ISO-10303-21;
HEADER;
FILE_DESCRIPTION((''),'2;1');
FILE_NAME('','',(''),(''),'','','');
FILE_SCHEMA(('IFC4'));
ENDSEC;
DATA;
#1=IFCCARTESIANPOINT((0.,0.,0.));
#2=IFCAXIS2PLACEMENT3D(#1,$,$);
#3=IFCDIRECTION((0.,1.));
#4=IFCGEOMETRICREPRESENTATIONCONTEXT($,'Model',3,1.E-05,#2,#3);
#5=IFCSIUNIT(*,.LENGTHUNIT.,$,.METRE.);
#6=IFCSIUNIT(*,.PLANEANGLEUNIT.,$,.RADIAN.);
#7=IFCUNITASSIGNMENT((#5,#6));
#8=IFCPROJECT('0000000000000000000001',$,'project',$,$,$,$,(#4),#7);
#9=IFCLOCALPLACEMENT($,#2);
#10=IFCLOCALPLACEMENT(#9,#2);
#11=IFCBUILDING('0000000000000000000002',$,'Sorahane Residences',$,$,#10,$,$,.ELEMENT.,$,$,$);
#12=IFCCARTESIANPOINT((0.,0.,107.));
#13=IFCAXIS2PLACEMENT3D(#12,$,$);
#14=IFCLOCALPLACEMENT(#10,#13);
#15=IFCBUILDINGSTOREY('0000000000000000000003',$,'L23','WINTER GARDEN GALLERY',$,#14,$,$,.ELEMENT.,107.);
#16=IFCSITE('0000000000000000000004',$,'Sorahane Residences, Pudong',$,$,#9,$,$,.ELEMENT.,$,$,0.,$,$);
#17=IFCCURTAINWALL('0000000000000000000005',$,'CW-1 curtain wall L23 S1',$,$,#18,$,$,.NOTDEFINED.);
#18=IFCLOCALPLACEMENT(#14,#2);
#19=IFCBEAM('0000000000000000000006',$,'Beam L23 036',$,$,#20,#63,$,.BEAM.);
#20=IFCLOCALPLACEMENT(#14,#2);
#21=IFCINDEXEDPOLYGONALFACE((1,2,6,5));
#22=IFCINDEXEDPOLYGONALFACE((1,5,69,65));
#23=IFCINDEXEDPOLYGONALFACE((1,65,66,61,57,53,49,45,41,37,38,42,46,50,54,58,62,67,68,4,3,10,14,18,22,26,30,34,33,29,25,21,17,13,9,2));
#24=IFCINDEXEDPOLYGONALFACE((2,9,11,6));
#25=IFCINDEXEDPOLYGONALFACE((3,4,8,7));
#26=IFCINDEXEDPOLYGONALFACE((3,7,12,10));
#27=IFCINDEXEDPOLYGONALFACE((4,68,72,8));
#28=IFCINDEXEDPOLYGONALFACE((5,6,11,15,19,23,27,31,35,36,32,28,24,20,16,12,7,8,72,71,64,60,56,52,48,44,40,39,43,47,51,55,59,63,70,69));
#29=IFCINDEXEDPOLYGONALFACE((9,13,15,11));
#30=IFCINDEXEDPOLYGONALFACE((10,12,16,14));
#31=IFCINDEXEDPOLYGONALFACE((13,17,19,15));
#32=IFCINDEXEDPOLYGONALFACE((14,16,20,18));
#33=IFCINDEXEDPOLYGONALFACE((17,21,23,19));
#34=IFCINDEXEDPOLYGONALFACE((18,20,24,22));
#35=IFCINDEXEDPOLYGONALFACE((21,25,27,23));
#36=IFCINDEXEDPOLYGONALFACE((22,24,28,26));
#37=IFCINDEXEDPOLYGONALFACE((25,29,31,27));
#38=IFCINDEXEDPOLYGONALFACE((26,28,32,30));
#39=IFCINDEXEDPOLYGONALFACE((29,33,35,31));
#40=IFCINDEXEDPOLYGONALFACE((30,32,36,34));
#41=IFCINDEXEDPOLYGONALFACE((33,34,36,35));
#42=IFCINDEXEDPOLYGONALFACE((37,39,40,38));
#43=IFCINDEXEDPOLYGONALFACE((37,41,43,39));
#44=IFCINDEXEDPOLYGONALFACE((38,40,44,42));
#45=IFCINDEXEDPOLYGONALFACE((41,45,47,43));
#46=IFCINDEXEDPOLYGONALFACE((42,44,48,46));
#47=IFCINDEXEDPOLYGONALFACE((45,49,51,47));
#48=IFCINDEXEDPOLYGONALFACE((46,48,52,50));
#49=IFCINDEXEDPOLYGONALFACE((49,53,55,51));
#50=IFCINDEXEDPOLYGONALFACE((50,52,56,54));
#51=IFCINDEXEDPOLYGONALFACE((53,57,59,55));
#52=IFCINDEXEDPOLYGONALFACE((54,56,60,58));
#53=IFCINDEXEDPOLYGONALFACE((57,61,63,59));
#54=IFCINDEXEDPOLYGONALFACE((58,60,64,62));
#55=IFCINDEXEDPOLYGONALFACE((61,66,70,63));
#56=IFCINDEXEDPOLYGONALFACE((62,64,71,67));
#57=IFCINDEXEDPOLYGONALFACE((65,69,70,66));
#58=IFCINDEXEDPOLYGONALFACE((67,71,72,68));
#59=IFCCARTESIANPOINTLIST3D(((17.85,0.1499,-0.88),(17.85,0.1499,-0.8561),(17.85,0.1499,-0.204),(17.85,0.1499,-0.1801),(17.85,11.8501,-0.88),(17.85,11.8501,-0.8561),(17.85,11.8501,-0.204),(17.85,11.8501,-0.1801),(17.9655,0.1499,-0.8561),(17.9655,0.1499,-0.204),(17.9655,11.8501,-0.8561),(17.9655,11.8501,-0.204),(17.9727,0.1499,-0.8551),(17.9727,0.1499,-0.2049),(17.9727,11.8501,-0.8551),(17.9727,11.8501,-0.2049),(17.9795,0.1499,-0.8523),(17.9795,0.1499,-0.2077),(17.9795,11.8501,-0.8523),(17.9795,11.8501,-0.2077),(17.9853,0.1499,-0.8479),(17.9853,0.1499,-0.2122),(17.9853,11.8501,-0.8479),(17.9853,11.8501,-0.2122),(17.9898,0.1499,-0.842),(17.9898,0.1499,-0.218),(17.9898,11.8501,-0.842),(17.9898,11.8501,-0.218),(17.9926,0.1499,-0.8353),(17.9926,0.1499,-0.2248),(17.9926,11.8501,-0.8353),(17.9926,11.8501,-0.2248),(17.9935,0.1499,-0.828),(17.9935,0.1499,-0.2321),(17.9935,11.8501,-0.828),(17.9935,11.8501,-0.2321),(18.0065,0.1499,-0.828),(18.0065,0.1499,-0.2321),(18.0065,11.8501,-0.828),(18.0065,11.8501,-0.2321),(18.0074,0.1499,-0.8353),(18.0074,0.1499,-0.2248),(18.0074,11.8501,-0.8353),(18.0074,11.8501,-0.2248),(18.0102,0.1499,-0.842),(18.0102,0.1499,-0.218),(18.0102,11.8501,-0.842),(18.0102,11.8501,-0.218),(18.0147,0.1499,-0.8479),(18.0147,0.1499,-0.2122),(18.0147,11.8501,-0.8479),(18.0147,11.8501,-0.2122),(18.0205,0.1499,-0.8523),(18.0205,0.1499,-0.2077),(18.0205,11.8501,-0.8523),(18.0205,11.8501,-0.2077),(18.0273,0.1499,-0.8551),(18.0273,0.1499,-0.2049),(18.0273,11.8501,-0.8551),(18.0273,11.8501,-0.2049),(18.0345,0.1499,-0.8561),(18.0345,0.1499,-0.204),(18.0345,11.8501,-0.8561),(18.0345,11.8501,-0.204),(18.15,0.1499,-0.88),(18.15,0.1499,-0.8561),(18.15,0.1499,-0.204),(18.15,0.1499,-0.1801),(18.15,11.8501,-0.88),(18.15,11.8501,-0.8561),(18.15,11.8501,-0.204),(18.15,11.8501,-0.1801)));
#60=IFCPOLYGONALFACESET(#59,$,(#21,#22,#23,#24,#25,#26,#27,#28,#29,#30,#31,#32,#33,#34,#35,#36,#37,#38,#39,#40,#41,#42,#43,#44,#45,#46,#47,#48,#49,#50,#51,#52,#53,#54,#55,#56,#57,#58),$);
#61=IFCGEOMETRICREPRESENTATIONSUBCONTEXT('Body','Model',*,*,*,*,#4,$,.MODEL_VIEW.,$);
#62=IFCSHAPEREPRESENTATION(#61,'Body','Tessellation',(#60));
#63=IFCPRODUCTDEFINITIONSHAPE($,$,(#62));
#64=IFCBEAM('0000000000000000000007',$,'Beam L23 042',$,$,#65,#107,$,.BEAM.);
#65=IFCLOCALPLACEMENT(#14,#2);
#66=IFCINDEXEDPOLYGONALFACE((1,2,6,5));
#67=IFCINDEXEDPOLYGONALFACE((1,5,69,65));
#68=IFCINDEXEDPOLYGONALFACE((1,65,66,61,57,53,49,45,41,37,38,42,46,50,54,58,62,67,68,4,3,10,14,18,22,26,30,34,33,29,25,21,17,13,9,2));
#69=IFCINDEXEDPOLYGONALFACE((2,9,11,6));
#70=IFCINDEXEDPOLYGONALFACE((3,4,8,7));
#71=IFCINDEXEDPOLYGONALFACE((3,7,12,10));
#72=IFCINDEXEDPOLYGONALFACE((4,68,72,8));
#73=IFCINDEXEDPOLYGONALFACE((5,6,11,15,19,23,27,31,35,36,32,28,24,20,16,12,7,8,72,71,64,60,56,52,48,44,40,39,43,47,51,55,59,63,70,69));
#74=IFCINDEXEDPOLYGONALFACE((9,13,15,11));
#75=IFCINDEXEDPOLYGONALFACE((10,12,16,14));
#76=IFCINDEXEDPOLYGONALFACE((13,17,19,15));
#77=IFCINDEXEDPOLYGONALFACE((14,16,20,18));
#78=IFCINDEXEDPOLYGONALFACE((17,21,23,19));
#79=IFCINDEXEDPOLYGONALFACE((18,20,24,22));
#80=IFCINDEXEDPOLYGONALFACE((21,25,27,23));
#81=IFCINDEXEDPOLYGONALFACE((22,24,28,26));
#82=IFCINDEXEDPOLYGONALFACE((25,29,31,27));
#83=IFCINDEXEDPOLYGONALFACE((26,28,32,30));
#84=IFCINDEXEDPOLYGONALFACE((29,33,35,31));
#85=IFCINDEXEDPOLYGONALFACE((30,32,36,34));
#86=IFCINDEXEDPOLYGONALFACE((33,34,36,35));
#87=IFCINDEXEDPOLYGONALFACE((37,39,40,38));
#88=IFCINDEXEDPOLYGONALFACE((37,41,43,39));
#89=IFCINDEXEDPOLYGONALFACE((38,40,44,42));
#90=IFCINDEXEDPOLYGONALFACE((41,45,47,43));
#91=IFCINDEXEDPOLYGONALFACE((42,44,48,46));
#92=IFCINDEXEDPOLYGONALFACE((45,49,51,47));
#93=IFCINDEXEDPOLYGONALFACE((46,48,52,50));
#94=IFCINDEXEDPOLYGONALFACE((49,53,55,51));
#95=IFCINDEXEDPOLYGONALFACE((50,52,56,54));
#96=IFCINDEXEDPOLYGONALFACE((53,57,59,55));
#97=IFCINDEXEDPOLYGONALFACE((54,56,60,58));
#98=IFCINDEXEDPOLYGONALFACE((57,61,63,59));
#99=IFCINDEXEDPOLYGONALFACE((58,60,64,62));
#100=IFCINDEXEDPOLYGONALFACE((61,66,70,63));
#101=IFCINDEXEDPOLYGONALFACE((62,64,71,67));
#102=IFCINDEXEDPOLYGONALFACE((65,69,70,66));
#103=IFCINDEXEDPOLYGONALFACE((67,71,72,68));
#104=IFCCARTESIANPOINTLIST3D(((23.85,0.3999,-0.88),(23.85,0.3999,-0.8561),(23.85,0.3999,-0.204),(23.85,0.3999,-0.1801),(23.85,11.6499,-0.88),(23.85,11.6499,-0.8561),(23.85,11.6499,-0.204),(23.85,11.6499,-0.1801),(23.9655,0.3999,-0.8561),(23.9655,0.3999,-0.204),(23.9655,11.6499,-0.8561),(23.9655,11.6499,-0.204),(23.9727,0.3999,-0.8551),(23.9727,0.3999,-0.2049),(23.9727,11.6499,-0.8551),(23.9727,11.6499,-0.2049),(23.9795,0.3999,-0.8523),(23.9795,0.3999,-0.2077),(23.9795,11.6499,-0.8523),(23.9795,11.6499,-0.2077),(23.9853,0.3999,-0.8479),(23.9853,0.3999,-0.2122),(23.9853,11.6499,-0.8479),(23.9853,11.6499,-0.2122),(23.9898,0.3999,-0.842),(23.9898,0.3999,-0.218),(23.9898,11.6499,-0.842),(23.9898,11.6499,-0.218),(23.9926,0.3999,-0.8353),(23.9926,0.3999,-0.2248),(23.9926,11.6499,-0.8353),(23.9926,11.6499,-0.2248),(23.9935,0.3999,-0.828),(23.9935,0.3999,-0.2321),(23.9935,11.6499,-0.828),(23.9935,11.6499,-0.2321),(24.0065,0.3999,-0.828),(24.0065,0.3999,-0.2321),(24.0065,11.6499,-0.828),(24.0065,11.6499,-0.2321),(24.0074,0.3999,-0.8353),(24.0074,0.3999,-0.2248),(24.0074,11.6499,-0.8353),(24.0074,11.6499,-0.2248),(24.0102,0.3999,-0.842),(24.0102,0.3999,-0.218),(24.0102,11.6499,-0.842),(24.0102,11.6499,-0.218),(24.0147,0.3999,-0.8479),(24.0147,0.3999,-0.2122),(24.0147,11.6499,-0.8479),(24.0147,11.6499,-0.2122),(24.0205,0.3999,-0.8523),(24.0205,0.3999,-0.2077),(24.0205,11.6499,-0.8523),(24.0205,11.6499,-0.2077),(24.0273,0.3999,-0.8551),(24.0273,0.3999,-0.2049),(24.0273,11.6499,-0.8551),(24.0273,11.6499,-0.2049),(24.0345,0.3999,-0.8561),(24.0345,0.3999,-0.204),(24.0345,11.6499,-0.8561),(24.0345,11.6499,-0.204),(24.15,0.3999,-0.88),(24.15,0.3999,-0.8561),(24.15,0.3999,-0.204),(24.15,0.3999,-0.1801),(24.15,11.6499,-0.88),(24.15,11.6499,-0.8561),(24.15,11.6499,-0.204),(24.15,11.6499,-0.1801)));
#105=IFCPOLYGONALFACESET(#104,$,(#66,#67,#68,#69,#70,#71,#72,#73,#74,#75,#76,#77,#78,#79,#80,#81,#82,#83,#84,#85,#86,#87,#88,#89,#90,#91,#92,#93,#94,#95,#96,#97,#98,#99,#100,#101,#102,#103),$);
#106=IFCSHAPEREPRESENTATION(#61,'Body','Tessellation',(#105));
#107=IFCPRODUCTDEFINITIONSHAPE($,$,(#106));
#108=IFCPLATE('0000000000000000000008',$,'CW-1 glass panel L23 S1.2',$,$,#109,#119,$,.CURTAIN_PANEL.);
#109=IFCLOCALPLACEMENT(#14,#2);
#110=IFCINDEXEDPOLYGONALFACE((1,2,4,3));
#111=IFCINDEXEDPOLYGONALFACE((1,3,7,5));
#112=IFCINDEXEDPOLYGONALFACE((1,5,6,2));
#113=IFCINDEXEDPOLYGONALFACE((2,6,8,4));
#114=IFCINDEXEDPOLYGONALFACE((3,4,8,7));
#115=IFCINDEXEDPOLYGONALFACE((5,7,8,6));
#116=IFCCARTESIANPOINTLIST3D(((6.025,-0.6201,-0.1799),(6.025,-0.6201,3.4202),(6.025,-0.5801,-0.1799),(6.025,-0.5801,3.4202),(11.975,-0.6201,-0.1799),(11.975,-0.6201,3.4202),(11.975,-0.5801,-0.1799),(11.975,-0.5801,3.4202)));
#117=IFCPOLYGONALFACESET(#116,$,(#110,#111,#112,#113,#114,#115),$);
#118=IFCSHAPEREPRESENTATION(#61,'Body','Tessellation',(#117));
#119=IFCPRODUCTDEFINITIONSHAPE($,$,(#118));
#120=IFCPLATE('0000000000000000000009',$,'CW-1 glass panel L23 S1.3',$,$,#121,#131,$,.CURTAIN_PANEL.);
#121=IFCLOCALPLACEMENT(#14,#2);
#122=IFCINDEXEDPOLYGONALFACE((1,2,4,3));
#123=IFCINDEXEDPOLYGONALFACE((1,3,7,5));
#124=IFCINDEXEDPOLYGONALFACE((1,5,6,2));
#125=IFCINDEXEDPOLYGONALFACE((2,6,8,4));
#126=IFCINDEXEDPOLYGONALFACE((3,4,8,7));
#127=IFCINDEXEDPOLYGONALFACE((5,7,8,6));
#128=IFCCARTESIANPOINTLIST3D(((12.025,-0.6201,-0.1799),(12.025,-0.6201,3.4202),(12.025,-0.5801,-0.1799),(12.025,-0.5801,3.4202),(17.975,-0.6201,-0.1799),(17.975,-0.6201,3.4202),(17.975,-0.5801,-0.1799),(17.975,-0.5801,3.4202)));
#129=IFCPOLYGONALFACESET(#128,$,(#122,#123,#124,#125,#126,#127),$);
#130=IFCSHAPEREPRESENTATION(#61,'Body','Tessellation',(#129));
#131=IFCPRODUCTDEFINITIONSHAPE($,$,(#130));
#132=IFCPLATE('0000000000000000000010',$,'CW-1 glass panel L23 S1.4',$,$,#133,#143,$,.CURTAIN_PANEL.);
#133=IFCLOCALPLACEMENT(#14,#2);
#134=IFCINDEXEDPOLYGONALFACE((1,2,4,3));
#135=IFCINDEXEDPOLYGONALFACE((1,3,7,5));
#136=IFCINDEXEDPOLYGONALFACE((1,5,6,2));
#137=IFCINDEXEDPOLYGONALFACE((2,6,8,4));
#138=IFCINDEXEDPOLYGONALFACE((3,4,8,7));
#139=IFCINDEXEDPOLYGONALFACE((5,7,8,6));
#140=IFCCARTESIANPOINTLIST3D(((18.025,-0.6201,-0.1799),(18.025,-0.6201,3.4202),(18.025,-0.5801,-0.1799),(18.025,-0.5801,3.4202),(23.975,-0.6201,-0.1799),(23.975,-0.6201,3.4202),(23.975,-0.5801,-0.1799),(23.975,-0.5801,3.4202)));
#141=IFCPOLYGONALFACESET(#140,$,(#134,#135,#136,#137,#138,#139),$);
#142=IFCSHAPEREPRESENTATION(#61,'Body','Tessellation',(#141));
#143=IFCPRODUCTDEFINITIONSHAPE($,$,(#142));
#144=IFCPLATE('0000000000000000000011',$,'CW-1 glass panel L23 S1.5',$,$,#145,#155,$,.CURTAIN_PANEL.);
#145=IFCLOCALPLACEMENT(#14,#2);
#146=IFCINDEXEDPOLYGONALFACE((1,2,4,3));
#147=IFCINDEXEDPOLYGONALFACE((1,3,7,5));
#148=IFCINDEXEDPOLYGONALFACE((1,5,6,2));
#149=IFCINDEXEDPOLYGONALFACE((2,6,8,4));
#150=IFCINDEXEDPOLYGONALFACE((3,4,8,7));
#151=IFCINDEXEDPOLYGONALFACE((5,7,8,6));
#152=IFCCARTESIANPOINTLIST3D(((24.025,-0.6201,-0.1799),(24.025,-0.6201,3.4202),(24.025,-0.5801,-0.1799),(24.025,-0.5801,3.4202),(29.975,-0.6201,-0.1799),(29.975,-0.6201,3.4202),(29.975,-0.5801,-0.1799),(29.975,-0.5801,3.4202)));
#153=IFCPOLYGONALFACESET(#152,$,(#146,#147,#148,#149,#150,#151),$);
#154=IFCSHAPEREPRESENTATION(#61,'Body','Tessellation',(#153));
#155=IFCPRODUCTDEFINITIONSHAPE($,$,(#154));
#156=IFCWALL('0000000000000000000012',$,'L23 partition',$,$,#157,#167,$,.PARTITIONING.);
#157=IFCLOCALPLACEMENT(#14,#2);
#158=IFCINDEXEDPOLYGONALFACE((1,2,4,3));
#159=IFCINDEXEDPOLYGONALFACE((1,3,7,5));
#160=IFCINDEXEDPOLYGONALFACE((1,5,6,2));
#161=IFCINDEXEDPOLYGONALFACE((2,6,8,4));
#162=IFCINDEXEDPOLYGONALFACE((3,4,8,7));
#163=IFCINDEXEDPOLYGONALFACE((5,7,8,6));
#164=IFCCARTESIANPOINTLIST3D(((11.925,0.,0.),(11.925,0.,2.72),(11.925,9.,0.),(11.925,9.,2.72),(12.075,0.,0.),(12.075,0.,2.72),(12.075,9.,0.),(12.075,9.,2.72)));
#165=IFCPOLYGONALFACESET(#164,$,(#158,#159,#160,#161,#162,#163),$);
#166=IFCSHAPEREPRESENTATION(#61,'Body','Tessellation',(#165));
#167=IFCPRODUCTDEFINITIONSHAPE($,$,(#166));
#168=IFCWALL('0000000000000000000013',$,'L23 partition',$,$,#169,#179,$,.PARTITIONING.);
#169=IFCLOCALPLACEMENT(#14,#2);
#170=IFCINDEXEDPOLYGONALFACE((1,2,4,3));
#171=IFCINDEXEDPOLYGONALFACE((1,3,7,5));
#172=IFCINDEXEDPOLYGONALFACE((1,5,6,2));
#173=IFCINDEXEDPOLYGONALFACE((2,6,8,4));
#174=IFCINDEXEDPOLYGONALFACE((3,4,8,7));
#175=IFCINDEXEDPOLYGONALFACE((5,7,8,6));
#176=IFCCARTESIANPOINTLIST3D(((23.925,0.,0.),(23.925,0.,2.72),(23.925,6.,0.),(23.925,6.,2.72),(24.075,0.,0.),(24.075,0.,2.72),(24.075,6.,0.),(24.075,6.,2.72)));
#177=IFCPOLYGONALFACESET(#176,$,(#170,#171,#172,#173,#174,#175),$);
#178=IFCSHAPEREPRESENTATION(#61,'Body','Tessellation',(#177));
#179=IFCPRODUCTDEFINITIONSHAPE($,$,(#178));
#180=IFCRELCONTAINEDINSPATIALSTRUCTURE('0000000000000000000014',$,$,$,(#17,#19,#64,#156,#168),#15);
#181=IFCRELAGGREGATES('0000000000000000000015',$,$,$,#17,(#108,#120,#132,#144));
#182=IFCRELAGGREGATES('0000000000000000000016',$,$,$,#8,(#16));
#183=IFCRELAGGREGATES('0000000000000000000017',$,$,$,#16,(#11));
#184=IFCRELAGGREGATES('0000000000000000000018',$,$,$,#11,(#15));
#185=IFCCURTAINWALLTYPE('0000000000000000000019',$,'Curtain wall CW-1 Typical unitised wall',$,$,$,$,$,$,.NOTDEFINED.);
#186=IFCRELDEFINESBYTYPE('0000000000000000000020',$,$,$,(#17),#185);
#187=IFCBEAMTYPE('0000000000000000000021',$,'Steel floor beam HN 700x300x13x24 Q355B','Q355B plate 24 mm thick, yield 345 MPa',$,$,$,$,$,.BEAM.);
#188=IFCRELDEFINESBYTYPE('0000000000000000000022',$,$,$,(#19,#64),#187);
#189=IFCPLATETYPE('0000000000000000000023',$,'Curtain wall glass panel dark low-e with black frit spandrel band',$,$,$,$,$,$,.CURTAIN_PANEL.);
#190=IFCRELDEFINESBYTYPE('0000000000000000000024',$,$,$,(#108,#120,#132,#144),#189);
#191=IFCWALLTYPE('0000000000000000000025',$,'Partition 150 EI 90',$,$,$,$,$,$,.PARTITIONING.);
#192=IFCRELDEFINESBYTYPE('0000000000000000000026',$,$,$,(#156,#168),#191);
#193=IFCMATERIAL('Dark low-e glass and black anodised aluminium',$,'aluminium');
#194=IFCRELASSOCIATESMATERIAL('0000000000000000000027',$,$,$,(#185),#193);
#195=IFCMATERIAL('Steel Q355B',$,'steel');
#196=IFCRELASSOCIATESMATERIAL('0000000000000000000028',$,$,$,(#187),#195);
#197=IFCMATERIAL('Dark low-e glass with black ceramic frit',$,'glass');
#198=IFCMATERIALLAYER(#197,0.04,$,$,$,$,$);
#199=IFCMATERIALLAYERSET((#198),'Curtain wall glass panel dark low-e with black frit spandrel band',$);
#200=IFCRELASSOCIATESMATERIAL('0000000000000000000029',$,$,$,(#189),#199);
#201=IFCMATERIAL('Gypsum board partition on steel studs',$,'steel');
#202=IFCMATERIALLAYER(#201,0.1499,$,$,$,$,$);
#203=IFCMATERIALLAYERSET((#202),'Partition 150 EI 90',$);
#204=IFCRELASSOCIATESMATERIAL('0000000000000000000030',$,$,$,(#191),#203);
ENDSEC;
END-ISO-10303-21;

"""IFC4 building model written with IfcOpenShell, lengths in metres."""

from ifc_helpers import new_model, si_unit, direction, frame, frame_2d, origin, origin_2d, place, context, subcontext, project, spatial, rectangle, i_section, extrude, material, layer, layer_set, material_profile, profile_set, type_object, element, aggregate, save


model = new_model("IFC4")

# Units and contexts
model_context = context("Model", 3, precision=1e-05, world=origin(), true_north=direction((0.0, 1.0)))
body_context = subcontext(model_context, "Body", "Model", "MODEL_VIEW")
ifc_project = project(units=[si_unit("LENGTHUNIT", "METRE"), si_unit("PLANEANGLEUNIT", "RADIAN")], contexts=[model_context])

# Site, building, storey
site_placement = place(None, origin())
site = spatial("IfcSite", under=ifc_project, at=site_placement, Name="Sorahane Residences, Pudong", CompositionType="ELEMENT", RefElevation=0.0)
building_placement = place(site_placement, origin())
building = spatial("IfcBuilding", under=site, at=building_placement, Name="Sorahane Residences", CompositionType="ELEMENT")
storey_placement = place(building_placement, frame((0.0, 0.0, 107.0)))
storey = spatial("IfcBuildingStorey", under=building, at=storey_placement, Name="L23", Description="WINTER GARDEN GALLERY", CompositionType="ELEMENT", Elevation=107.0)

# Curtain wall
ifc_material_1 = material(Name="Dark low-e glass and black anodised aluminium", Category="aluminium")
curtain_wall_type = type_object("IfcCurtainWallType", Name="Curtain wall CW-1 Typical unitised wall", PredefinedType="NOTDEFINED", material=ifc_material_1)
curtain_wall_placement = place(storey_placement, origin())
curtain_wall = element("IfcCurtainWall", 1, at=curtain_wall_placement, inside=storey, type_object=curtain_wall_type, Name="CW-1 curtain wall L23 S1", PredefinedType="NOTDEFINED")

# Beams
ifc_material_2 = material(Name="Steel Q355B", Category="steel")
ifc_material_profile_1 = material_profile(ifc_material_2, i_section(OverallWidth=0.3, OverallDepth=0.7, WebThickness=0.0129, FlangeThickness=0.0239, FilletRadius=0.0281, at=origin_2d()), Name="HN 700x300x13x24")
ifc_profile_set_1 = profile_set([ifc_material_profile_1], Name="Steel Q355B")
beam_type_1 = type_object("IfcBeamType", Name="Steel floor beam HN 700x300x13x24 Q355B", Description="Q355B plate 24 mm thick, yield 345 MPa", PredefinedType="BEAM", material=ifc_profile_set_1)
beam_1_placement = place(storey_placement, frame((18.0, 0.1499, -0.53), z_axis=(0.0, 1.0, 0.0), x_axis=(-1.0, 0.0, 0.0)))
element("IfcBeam", 2, at=beam_1_placement, inside=storey, type_object=beam_type_1, Name="Beam L23 036", PredefinedType="BEAM", context=body_context, shape_type="SweptSolid", body=[
    extrude(i_section(OverallWidth=0.3, OverallDepth=0.7, WebThickness=0.0129, FlangeThickness=0.0239, FilletRadius=0.0281, at=origin_2d()), origin(), (0.0, 0.0, 1.0), 11.7002),
])
beam_2_placement = place(storey_placement, frame((24.0, 0.3999, -0.53), z_axis=(0.0, 1.0, 0.0), x_axis=(-1.0, 0.0, 0.0)))
element("IfcBeam", 3, at=beam_2_placement, inside=storey, type_object=beam_type_1, Name="Beam L23 042", PredefinedType="BEAM", context=body_context, shape_type="SweptSolid", body=[
    extrude(i_section(OverallWidth=0.3, OverallDepth=0.7, WebThickness=0.0129, FlangeThickness=0.0239, FilletRadius=0.0281, at=origin_2d()), origin(), (0.0, 0.0, 1.0), 11.25),
])

# Plates
ifc_material_3 = material(Name="Dark low-e glass with black ceramic frit", Category="glass")
ifc_layer_1 = layer(ifc_material_3, 0.04)
ifc_layer_set_1 = layer_set([ifc_layer_1], Name="Curtain wall glass panel dark low-e with black frit spandrel band")
plate_type = type_object("IfcPlateType", Name="Curtain wall glass panel dark low-e with black frit spandrel band", PredefinedType="CURTAIN_PANEL", material=ifc_layer_set_1)
plate_1_placement = place(storey_placement, frame((9.0, -0.6001, -0.1799), z_axis=(0.0, 0.0, 1.0), x_axis=(1.0, 0.0, 0.0)))
plate_1 = element("IfcPlate", 4, at=plate_1_placement, type_object=plate_type, Name="CW-1 glass panel L23 S1.2", PredefinedType="CURTAIN_PANEL", context=body_context, shape_type="SweptSolid", body=[
    extrude(rectangle(XDim=5.95, YDim=0.04, at=origin_2d()), origin(), (0.0, 0.0, 1.0), 3.6001),
])
plate_2_placement = place(storey_placement, frame((15.0, -0.6001, -0.1799), z_axis=(0.0, 0.0, 1.0), x_axis=(1.0, 0.0, 0.0)))
plate_2 = element("IfcPlate", 5, at=plate_2_placement, type_object=plate_type, Name="CW-1 glass panel L23 S1.3", PredefinedType="CURTAIN_PANEL", context=body_context, shape_type="SweptSolid", body=[
    extrude(rectangle(XDim=5.95, YDim=0.04, at=origin_2d()), origin(), (0.0, 0.0, 1.0), 3.6001),
])
plate_3_placement = place(storey_placement, frame((21.0, -0.6001, -0.1799), z_axis=(0.0, 0.0, 1.0), x_axis=(1.0, 0.0, 0.0)))
plate_3 = element("IfcPlate", 6, at=plate_3_placement, type_object=plate_type, Name="CW-1 glass panel L23 S1.4", PredefinedType="CURTAIN_PANEL", context=body_context, shape_type="SweptSolid", body=[
    extrude(rectangle(XDim=5.95, YDim=0.04, at=origin_2d()), origin(), (0.0, 0.0, 1.0), 3.6001),
])
plate_4_placement = place(storey_placement, frame((27.0, -0.6001, -0.1799), z_axis=(0.0, 0.0, 1.0), x_axis=(1.0, 0.0, 0.0)))
plate_4 = element("IfcPlate", 7, at=plate_4_placement, type_object=plate_type, Name="CW-1 glass panel L23 S1.5", PredefinedType="CURTAIN_PANEL", context=body_context, shape_type="SweptSolid", body=[
    extrude(rectangle(XDim=5.95, YDim=0.04, at=origin_2d()), origin(), (0.0, 0.0, 1.0), 3.6001),
])
aggregate(curtain_wall, [plate_1, plate_2, plate_3, plate_4])

# Walls
ifc_material_4 = material(Name="Gypsum board partition on steel studs", Category="steel")
ifc_layer_2 = layer(ifc_material_4, 0.1499)
ifc_layer_set_2 = layer_set([ifc_layer_2], Name="Partition 150 EI 90")
wall_type_1 = type_object("IfcWallType", Name="Partition 150 EI 90", PredefinedType="PARTITIONING", material=ifc_layer_set_2)
wall_1_placement = place(storey_placement, frame((12.0, 0.0, 0.0), z_axis=(0.0, 0.0, 1.0), x_axis=(0.0, 1.0, 0.0)))
element("IfcWall", 8, at=wall_1_placement, inside=storey, type_object=wall_type_1, Name="L23 partition", PredefinedType="PARTITIONING", context=body_context, shape_type="SweptSolid", body=[
    extrude(rectangle(XDim=9.0, YDim=0.1499, at=frame_2d((4.5, 0.0))), origin(), (0.0, 0.0, 1.0), 2.72),
])
wall_2_placement = place(storey_placement, frame((24.0, 0.0, 0.0), z_axis=(0.0, 0.0, 1.0), x_axis=(0.0, 1.0, 0.0)))
element("IfcWall", 9, at=wall_2_placement, inside=storey, type_object=wall_type_1, Name="L23 partition", PredefinedType="PARTITIONING", context=body_context, shape_type="SweptSolid", body=[
    extrude(rectangle(XDim=6.0, YDim=0.1499, at=frame_2d((3.0, 0.0))), origin(), (0.0, 0.0, 1.0), 2.72),
])

save(model, "model.ifc")
